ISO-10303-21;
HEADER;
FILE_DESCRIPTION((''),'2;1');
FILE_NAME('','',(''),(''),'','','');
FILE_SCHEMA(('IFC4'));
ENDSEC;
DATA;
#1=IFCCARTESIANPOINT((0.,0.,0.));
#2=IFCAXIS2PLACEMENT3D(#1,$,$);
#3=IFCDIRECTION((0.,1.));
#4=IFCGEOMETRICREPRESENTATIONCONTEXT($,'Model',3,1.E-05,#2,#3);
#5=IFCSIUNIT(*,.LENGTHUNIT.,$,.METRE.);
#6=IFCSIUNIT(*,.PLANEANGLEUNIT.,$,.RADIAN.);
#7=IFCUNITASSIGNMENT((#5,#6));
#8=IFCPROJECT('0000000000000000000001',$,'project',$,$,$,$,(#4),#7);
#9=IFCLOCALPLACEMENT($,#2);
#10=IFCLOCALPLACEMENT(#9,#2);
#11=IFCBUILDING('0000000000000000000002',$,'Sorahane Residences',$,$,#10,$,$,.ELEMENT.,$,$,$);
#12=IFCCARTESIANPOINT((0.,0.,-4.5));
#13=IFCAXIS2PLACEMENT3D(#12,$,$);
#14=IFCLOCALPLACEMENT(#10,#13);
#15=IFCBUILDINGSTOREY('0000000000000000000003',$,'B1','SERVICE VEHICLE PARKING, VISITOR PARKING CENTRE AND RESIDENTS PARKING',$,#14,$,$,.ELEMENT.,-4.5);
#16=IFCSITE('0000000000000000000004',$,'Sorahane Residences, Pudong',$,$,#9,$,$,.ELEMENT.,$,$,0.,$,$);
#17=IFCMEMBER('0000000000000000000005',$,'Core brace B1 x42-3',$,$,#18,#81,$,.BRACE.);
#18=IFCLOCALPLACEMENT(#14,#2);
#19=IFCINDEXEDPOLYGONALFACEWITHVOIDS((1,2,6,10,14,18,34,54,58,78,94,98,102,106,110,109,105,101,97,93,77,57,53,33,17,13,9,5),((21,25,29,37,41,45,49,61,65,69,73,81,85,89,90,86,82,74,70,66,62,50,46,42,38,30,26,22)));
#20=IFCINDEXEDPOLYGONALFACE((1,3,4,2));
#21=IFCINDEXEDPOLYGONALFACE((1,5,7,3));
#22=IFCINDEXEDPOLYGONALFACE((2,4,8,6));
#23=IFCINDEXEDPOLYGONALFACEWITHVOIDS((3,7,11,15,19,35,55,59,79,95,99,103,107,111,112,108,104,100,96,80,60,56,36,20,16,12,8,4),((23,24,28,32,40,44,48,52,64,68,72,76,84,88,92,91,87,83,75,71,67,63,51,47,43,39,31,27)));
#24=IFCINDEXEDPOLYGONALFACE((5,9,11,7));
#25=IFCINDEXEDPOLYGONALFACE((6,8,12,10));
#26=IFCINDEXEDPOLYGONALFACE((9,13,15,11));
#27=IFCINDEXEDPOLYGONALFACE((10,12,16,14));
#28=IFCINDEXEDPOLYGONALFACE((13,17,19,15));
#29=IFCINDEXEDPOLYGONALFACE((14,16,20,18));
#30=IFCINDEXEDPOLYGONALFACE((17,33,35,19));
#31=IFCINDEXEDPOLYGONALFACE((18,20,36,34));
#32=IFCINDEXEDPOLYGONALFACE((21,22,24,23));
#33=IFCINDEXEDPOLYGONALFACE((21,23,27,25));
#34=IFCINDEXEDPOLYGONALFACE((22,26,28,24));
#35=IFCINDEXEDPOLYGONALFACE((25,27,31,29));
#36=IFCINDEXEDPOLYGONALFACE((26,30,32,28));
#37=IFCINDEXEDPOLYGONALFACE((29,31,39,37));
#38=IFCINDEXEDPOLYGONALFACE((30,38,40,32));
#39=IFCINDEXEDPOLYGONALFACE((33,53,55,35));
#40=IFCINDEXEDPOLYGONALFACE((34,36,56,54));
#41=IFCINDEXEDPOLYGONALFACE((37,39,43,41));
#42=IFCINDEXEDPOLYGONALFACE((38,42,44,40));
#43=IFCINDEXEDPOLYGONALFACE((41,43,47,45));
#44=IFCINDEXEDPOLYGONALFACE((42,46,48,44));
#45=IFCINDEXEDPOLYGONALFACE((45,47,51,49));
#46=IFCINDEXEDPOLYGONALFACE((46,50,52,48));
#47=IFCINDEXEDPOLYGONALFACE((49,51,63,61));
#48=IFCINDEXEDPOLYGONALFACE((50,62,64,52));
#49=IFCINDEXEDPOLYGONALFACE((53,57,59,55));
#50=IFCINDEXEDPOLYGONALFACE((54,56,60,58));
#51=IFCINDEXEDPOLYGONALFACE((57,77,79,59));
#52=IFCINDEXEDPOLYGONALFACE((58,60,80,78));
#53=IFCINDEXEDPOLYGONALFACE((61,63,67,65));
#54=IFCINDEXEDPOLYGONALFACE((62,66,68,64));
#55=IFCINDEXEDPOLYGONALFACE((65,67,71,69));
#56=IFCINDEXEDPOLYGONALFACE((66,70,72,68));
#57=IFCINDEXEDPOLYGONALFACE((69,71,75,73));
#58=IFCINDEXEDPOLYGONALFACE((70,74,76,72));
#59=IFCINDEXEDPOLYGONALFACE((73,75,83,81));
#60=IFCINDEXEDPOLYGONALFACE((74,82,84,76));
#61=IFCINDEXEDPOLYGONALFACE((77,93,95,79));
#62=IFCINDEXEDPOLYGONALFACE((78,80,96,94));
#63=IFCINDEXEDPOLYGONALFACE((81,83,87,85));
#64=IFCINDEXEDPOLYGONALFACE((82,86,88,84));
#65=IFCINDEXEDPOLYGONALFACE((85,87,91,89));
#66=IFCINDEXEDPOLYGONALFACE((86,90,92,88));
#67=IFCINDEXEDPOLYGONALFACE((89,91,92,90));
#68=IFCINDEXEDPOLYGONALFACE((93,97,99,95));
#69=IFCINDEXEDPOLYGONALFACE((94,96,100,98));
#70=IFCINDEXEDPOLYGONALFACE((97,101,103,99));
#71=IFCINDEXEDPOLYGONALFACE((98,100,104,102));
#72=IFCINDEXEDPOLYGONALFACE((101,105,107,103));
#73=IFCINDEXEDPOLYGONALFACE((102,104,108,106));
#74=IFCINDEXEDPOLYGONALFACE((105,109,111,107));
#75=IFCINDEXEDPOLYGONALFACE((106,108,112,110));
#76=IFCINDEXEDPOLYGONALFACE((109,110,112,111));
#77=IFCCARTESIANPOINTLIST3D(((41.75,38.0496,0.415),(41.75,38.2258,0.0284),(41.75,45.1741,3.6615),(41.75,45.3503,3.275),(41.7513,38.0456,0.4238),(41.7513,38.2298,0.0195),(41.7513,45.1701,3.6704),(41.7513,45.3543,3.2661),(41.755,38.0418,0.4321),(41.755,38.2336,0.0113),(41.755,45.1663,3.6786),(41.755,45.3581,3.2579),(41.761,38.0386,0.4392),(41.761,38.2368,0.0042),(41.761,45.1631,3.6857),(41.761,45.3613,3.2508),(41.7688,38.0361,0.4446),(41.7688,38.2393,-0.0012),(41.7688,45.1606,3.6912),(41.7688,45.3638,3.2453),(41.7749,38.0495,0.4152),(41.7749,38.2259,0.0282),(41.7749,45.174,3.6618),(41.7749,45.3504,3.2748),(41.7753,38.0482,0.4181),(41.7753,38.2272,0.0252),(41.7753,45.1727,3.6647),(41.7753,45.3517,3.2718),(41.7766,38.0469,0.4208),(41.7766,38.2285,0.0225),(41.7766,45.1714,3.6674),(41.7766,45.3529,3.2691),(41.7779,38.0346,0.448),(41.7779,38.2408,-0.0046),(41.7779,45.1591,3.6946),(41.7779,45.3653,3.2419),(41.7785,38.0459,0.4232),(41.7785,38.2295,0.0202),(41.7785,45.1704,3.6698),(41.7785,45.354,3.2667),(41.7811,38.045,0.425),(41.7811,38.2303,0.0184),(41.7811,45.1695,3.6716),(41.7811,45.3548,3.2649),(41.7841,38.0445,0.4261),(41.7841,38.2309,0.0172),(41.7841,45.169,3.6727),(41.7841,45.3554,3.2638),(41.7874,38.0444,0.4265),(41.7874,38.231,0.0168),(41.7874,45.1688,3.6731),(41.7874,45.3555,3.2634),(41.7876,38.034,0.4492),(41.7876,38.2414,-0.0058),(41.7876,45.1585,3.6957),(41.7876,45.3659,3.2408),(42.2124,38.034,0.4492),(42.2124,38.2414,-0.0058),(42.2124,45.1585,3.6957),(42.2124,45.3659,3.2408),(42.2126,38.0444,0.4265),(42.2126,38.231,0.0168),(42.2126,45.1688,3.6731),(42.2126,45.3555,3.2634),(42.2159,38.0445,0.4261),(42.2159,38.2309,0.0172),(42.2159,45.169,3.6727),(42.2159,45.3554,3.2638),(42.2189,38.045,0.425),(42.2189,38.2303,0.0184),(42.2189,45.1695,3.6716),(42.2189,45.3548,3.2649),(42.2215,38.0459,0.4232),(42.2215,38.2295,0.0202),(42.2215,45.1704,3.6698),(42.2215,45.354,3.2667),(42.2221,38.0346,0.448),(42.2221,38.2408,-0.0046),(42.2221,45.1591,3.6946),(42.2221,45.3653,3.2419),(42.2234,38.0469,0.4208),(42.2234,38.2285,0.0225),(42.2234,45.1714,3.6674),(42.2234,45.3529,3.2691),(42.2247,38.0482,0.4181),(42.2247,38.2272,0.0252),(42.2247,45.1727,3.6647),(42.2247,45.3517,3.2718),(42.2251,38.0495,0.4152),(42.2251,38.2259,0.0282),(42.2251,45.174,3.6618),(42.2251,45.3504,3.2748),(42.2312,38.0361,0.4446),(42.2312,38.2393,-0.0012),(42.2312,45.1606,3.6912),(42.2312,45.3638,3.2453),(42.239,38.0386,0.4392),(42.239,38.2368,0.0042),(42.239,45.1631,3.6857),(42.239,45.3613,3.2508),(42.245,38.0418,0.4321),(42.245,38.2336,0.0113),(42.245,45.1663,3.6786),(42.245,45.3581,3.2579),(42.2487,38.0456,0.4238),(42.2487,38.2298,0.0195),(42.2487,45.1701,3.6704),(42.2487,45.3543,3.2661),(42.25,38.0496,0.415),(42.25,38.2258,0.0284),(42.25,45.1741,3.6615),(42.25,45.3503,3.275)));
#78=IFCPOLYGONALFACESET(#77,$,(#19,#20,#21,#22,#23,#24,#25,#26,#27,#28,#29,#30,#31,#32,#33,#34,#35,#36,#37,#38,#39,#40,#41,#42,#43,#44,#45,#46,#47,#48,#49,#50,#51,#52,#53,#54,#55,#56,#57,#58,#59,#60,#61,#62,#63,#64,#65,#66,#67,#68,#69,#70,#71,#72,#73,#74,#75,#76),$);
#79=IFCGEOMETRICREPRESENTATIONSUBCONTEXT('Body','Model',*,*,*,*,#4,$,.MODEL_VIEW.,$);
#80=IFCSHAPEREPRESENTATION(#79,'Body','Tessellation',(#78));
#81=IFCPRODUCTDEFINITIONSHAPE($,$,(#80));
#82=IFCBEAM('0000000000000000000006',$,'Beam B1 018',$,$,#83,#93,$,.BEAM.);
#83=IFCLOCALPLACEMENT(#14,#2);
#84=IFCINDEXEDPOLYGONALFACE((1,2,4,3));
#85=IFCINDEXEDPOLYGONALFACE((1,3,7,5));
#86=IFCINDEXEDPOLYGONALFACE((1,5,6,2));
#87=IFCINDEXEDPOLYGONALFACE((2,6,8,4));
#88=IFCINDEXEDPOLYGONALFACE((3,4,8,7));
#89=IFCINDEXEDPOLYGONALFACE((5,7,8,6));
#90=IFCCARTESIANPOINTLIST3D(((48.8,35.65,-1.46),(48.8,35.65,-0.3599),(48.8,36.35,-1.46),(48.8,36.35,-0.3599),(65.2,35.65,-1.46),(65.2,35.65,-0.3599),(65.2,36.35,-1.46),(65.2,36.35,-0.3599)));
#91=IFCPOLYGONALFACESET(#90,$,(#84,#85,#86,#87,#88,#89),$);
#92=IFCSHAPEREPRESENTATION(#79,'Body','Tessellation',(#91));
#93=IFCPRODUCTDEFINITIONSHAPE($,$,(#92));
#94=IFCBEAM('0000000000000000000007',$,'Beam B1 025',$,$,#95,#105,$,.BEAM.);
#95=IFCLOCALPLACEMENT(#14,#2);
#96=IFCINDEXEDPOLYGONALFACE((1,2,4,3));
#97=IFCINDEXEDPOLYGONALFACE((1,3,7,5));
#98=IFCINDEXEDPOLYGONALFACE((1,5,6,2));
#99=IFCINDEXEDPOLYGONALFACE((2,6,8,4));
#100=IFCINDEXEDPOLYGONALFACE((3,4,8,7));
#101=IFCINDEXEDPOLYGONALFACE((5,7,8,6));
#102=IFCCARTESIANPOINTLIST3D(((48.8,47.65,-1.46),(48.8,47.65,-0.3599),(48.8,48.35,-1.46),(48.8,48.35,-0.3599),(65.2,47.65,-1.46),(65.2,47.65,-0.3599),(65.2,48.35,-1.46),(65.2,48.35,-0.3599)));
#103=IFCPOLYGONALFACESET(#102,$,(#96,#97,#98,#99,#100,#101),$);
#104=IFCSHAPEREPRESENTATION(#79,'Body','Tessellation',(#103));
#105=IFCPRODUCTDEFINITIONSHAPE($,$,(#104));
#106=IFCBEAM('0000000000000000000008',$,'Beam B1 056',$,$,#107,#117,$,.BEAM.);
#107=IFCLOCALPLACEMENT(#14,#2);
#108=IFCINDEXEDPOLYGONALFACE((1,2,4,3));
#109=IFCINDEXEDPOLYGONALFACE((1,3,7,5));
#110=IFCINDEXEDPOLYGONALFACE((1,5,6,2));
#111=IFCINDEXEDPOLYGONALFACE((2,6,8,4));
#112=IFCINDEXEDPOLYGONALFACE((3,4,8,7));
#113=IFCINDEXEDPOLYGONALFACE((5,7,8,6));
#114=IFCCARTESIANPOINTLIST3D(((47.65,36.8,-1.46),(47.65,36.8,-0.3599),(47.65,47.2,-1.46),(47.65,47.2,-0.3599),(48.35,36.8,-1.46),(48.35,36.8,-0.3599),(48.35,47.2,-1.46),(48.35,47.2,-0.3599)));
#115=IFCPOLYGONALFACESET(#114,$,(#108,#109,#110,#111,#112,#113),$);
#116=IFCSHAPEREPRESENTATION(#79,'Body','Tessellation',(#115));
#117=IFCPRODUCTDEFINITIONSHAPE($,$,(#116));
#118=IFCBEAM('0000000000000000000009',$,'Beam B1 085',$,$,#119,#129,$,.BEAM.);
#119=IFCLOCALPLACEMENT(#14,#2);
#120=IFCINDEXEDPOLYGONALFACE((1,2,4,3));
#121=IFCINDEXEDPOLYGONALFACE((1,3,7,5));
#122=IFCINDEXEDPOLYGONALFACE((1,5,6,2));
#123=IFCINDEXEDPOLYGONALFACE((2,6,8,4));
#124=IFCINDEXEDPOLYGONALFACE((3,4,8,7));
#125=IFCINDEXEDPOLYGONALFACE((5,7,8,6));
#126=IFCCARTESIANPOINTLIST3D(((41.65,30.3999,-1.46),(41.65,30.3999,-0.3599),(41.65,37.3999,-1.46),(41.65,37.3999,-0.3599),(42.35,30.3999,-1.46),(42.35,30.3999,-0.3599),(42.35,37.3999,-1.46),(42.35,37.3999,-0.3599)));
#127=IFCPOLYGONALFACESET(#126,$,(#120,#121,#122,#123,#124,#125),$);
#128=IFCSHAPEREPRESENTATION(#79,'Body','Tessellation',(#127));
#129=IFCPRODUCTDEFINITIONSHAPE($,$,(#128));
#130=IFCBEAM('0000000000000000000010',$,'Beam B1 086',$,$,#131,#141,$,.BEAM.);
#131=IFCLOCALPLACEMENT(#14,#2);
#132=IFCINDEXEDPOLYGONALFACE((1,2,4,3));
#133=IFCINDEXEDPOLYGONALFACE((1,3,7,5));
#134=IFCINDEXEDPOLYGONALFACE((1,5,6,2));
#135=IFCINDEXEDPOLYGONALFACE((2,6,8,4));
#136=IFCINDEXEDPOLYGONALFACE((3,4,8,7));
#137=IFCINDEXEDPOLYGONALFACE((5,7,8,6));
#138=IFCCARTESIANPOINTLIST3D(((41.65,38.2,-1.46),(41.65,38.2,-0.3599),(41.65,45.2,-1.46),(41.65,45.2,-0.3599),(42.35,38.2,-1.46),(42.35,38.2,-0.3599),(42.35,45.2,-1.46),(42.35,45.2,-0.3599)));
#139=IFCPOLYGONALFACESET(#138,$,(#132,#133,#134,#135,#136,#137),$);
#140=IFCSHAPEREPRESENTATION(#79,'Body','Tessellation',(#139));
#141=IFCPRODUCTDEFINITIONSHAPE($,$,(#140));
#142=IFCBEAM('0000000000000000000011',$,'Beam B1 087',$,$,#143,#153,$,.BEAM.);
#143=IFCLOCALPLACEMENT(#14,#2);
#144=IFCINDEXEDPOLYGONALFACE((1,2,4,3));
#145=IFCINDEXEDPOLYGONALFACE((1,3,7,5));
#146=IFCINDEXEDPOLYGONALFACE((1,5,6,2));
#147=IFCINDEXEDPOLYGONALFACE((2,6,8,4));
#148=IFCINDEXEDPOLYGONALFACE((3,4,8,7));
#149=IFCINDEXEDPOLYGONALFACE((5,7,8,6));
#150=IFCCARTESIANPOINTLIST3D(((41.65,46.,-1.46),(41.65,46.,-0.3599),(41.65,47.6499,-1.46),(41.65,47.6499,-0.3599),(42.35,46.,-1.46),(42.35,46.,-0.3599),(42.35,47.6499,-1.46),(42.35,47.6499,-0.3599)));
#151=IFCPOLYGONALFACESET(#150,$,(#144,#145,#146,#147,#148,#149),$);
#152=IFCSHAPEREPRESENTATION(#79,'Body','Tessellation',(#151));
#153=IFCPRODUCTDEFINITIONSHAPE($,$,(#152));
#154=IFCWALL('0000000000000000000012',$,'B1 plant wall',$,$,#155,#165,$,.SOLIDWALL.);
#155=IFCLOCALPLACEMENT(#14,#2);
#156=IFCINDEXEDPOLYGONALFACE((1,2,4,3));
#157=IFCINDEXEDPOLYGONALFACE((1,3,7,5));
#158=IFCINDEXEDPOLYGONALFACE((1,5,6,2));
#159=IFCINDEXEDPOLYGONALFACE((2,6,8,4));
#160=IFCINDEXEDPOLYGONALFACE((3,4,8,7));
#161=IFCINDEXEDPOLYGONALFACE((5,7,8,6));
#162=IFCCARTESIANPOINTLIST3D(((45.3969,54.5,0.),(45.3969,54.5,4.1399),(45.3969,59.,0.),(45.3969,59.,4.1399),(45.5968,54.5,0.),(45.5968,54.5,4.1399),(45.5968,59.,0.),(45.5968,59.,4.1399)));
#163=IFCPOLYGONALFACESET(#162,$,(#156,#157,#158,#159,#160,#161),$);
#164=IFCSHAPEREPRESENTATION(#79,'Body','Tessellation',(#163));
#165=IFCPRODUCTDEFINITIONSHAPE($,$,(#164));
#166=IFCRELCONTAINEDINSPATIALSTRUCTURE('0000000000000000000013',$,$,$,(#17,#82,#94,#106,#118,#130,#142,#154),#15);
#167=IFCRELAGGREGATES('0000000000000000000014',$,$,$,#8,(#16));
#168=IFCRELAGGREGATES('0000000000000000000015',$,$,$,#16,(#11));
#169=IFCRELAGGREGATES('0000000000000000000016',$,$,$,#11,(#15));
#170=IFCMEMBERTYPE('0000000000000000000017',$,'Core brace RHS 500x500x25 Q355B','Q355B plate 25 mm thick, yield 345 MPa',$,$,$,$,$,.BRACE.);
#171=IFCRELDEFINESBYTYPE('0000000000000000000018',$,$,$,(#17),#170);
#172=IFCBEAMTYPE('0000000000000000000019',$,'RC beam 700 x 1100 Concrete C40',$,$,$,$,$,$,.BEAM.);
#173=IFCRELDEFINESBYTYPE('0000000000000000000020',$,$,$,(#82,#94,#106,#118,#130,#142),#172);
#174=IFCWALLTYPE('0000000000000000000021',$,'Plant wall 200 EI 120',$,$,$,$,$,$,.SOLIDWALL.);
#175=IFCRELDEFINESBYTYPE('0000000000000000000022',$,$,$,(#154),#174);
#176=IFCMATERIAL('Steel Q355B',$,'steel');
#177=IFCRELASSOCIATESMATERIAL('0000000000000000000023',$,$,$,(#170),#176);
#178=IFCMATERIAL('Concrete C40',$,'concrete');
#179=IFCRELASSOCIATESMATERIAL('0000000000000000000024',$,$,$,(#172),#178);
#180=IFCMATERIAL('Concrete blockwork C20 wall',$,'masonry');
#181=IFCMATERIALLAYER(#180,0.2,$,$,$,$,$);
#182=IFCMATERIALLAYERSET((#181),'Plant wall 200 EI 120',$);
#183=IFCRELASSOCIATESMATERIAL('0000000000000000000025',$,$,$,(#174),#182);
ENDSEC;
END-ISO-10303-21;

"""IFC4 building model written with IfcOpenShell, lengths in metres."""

from ifc_helpers import new_model, si_unit, direction, frame, frame_2d, origin, origin_2d, place, context, subcontext, project, spatial, rectangle, hollow_rectangle, extrude, material, layer, layer_set, material_profile, profile_set, type_object, element, save


model = new_model("IFC4")

# Units and contexts
model_context = context("Model", 3, precision=1e-05, world=origin(), true_north=direction((0.0, 1.0)))
body_context = subcontext(model_context, "Body", "Model", "MODEL_VIEW")
ifc_project = project(units=[si_unit("LENGTHUNIT", "METRE"), si_unit("PLANEANGLEUNIT", "RADIAN")], contexts=[model_context])

# Site, building, storey
site_placement = place(None, origin())
site = spatial("IfcSite", under=ifc_project, at=site_placement, Name="Sorahane Residences, Pudong", CompositionType="ELEMENT", RefElevation=0.0)
building_placement = place(site_placement, origin())
building = spatial("IfcBuilding", under=site, at=building_placement, Name="Sorahane Residences", CompositionType="ELEMENT")
storey_placement = place(building_placement, frame((0.0, 0.0, -4.5)))
storey = spatial("IfcBuildingStorey", under=building, at=storey_placement, Name="B1", Description="SERVICE VEHICLE PARKING, VISITOR PARKING CENTRE AND RESIDENTS PARKING", CompositionType="ELEMENT", Elevation=-4.5)

# Member
ifc_material_1 = material(Name="Steel Q355B", Category="steel")
ifc_material_profile_1 = material_profile(ifc_material_1, hollow_rectangle(XDim=0.5, YDim=0.5, WallThickness=0.0249, InnerFilletRadius=0.0125, OuterFilletRadius=0.0376, at=origin_2d()), Name="RHS 500x500x25")
ifc_profile_set_1 = profile_set([ifc_material_profile_1], Name="Steel Q355B")
member_type = type_object("IfcMemberType", Name="Core brace RHS 500x500x25 Q355B", Description="Q355B plate 25 mm thick, yield 345 MPa", PredefinedType="BRACE", material=ifc_profile_set_1)
member_1_placement = place(storey_placement, frame((42.0, 38.1377, 0.2217), z_axis=(0.0, 0.909973, 0.414667), x_axis=(-1.0, 0.0, 0.0)))
element("IfcMember", 1, at=member_1_placement, inside=storey, type_object=member_type, Name="Core brace B1 x42-3", PredefinedType="BRACE", context=body_context, shape_type="SweptSolid", body=[
    extrude(hollow_rectangle(XDim=0.5, YDim=0.5, WallThickness=0.0249, InnerFilletRadius=0.0125, OuterFilletRadius=0.0376, at=origin_2d()), origin(), (0.0, 0.0, 1.0), 7.8293),
])

# Beams
ifc_material_2 = material(Name="Concrete C40", Category="concrete")
ifc_material_profile_2 = material_profile(ifc_material_2, rectangle(XDim=0.7, YDim=1.1001, at=origin_2d()), Name="700x1100")
ifc_profile_set_2 = profile_set([ifc_material_profile_2], Name="Concrete C40")
beam_type = type_object("IfcBeamType", Name="RC beam 700 x 1100 Concrete C40", PredefinedType="BEAM", material=ifc_profile_set_2)
for number, where, z_axis, x_axis, name in (
    (2, (48.8, 36.0, -0.9099), (1.0, 0.0, 0.0), (0.0, 1.0, 0.0), "Beam B1 018"),
    (3, (48.8, 48.0, -0.9099), (1.0, 0.0, 0.0), (0.0, 1.0, 0.0), "Beam B1 025"),
):
    element("IfcBeam", number, at=place(storey_placement, frame(where, z_axis=z_axis, x_axis=x_axis)), inside=storey, type_object=beam_type, Name=name, PredefinedType="BEAM", context=body_context, shape_type="SweptSolid", body=[
        extrude(rectangle(XDim=0.7, YDim=1.1001, at=origin_2d()), origin(), (0.0, 0.0, 1.0), 16.3999),
    ])
beam_1_placement = place(storey_placement, frame((48.0, 36.8, -0.9099), z_axis=(0.0, 1.0, 0.0), x_axis=(-1.0, 0.0, 0.0)))
element("IfcBeam", 4, at=beam_1_placement, inside=storey, type_object=beam_type, Name="Beam B1 056", PredefinedType="BEAM", context=body_context, shape_type="SweptSolid", body=[
    extrude(rectangle(XDim=0.7, YDim=1.1001, at=origin_2d()), origin(), (0.0, 0.0, 1.0), 10.3999),
])
for number, where, z_axis, x_axis, name in (
    (5, (42.0, 30.3999, -0.9099), (0.0, 1.0, 0.0), (-1.0, 0.0, 0.0), "Beam B1 085"),
    (6, (42.0, 38.2, -0.9099), (0.0, 1.0, 0.0), (-1.0, 0.0, 0.0), "Beam B1 086"),
):
    element("IfcBeam", number, at=place(storey_placement, frame(where, z_axis=z_axis, x_axis=x_axis)), inside=storey, type_object=beam_type, Name=name, PredefinedType="BEAM", context=body_context, shape_type="SweptSolid", body=[
        extrude(rectangle(XDim=0.7, YDim=1.1001, at=origin_2d()), origin(), (0.0, 0.0, 1.0), 7.0),
    ])
beam_2_placement = place(storey_placement, frame((42.0, 46.0, -0.9099), z_axis=(0.0, 1.0, 0.0), x_axis=(-1.0, 0.0, 0.0)))
element("IfcBeam", 7, at=beam_2_placement, inside=storey, type_object=beam_type, Name="Beam B1 087", PredefinedType="BEAM", context=body_context, shape_type="SweptSolid", body=[
    extrude(rectangle(XDim=0.7, YDim=1.1001, at=origin_2d()), origin(), (0.0, 0.0, 1.0), 1.6499),
])

# Wall
ifc_material_3 = material(Name="Concrete blockwork C20 wall", Category="masonry")
ifc_layer_1 = layer(ifc_material_3, 0.2)
ifc_layer_set_1 = layer_set([ifc_layer_1], Name="Plant wall 200 EI 120")
wall_type = type_object("IfcWallType", Name="Plant wall 200 EI 120", PredefinedType="SOLIDWALL", material=ifc_layer_set_1)
wall_placement = place(storey_placement, frame((45.4968, 54.5, 0.0), z_axis=(0.0, 0.0, 1.0), x_axis=(0.0, 1.0, 0.0)))
element("IfcWall", 8, at=wall_placement, inside=storey, type_object=wall_type, Name="B1 plant wall", PredefinedType="SOLIDWALL", context=body_context, shape_type="SweptSolid", body=[
    extrude(rectangle(XDim=4.5, YDim=0.2, at=frame_2d((2.25, 0.0))), origin(), (0.0, 0.0, 1.0), 4.1399),
])

save(model, "model.ifc")
